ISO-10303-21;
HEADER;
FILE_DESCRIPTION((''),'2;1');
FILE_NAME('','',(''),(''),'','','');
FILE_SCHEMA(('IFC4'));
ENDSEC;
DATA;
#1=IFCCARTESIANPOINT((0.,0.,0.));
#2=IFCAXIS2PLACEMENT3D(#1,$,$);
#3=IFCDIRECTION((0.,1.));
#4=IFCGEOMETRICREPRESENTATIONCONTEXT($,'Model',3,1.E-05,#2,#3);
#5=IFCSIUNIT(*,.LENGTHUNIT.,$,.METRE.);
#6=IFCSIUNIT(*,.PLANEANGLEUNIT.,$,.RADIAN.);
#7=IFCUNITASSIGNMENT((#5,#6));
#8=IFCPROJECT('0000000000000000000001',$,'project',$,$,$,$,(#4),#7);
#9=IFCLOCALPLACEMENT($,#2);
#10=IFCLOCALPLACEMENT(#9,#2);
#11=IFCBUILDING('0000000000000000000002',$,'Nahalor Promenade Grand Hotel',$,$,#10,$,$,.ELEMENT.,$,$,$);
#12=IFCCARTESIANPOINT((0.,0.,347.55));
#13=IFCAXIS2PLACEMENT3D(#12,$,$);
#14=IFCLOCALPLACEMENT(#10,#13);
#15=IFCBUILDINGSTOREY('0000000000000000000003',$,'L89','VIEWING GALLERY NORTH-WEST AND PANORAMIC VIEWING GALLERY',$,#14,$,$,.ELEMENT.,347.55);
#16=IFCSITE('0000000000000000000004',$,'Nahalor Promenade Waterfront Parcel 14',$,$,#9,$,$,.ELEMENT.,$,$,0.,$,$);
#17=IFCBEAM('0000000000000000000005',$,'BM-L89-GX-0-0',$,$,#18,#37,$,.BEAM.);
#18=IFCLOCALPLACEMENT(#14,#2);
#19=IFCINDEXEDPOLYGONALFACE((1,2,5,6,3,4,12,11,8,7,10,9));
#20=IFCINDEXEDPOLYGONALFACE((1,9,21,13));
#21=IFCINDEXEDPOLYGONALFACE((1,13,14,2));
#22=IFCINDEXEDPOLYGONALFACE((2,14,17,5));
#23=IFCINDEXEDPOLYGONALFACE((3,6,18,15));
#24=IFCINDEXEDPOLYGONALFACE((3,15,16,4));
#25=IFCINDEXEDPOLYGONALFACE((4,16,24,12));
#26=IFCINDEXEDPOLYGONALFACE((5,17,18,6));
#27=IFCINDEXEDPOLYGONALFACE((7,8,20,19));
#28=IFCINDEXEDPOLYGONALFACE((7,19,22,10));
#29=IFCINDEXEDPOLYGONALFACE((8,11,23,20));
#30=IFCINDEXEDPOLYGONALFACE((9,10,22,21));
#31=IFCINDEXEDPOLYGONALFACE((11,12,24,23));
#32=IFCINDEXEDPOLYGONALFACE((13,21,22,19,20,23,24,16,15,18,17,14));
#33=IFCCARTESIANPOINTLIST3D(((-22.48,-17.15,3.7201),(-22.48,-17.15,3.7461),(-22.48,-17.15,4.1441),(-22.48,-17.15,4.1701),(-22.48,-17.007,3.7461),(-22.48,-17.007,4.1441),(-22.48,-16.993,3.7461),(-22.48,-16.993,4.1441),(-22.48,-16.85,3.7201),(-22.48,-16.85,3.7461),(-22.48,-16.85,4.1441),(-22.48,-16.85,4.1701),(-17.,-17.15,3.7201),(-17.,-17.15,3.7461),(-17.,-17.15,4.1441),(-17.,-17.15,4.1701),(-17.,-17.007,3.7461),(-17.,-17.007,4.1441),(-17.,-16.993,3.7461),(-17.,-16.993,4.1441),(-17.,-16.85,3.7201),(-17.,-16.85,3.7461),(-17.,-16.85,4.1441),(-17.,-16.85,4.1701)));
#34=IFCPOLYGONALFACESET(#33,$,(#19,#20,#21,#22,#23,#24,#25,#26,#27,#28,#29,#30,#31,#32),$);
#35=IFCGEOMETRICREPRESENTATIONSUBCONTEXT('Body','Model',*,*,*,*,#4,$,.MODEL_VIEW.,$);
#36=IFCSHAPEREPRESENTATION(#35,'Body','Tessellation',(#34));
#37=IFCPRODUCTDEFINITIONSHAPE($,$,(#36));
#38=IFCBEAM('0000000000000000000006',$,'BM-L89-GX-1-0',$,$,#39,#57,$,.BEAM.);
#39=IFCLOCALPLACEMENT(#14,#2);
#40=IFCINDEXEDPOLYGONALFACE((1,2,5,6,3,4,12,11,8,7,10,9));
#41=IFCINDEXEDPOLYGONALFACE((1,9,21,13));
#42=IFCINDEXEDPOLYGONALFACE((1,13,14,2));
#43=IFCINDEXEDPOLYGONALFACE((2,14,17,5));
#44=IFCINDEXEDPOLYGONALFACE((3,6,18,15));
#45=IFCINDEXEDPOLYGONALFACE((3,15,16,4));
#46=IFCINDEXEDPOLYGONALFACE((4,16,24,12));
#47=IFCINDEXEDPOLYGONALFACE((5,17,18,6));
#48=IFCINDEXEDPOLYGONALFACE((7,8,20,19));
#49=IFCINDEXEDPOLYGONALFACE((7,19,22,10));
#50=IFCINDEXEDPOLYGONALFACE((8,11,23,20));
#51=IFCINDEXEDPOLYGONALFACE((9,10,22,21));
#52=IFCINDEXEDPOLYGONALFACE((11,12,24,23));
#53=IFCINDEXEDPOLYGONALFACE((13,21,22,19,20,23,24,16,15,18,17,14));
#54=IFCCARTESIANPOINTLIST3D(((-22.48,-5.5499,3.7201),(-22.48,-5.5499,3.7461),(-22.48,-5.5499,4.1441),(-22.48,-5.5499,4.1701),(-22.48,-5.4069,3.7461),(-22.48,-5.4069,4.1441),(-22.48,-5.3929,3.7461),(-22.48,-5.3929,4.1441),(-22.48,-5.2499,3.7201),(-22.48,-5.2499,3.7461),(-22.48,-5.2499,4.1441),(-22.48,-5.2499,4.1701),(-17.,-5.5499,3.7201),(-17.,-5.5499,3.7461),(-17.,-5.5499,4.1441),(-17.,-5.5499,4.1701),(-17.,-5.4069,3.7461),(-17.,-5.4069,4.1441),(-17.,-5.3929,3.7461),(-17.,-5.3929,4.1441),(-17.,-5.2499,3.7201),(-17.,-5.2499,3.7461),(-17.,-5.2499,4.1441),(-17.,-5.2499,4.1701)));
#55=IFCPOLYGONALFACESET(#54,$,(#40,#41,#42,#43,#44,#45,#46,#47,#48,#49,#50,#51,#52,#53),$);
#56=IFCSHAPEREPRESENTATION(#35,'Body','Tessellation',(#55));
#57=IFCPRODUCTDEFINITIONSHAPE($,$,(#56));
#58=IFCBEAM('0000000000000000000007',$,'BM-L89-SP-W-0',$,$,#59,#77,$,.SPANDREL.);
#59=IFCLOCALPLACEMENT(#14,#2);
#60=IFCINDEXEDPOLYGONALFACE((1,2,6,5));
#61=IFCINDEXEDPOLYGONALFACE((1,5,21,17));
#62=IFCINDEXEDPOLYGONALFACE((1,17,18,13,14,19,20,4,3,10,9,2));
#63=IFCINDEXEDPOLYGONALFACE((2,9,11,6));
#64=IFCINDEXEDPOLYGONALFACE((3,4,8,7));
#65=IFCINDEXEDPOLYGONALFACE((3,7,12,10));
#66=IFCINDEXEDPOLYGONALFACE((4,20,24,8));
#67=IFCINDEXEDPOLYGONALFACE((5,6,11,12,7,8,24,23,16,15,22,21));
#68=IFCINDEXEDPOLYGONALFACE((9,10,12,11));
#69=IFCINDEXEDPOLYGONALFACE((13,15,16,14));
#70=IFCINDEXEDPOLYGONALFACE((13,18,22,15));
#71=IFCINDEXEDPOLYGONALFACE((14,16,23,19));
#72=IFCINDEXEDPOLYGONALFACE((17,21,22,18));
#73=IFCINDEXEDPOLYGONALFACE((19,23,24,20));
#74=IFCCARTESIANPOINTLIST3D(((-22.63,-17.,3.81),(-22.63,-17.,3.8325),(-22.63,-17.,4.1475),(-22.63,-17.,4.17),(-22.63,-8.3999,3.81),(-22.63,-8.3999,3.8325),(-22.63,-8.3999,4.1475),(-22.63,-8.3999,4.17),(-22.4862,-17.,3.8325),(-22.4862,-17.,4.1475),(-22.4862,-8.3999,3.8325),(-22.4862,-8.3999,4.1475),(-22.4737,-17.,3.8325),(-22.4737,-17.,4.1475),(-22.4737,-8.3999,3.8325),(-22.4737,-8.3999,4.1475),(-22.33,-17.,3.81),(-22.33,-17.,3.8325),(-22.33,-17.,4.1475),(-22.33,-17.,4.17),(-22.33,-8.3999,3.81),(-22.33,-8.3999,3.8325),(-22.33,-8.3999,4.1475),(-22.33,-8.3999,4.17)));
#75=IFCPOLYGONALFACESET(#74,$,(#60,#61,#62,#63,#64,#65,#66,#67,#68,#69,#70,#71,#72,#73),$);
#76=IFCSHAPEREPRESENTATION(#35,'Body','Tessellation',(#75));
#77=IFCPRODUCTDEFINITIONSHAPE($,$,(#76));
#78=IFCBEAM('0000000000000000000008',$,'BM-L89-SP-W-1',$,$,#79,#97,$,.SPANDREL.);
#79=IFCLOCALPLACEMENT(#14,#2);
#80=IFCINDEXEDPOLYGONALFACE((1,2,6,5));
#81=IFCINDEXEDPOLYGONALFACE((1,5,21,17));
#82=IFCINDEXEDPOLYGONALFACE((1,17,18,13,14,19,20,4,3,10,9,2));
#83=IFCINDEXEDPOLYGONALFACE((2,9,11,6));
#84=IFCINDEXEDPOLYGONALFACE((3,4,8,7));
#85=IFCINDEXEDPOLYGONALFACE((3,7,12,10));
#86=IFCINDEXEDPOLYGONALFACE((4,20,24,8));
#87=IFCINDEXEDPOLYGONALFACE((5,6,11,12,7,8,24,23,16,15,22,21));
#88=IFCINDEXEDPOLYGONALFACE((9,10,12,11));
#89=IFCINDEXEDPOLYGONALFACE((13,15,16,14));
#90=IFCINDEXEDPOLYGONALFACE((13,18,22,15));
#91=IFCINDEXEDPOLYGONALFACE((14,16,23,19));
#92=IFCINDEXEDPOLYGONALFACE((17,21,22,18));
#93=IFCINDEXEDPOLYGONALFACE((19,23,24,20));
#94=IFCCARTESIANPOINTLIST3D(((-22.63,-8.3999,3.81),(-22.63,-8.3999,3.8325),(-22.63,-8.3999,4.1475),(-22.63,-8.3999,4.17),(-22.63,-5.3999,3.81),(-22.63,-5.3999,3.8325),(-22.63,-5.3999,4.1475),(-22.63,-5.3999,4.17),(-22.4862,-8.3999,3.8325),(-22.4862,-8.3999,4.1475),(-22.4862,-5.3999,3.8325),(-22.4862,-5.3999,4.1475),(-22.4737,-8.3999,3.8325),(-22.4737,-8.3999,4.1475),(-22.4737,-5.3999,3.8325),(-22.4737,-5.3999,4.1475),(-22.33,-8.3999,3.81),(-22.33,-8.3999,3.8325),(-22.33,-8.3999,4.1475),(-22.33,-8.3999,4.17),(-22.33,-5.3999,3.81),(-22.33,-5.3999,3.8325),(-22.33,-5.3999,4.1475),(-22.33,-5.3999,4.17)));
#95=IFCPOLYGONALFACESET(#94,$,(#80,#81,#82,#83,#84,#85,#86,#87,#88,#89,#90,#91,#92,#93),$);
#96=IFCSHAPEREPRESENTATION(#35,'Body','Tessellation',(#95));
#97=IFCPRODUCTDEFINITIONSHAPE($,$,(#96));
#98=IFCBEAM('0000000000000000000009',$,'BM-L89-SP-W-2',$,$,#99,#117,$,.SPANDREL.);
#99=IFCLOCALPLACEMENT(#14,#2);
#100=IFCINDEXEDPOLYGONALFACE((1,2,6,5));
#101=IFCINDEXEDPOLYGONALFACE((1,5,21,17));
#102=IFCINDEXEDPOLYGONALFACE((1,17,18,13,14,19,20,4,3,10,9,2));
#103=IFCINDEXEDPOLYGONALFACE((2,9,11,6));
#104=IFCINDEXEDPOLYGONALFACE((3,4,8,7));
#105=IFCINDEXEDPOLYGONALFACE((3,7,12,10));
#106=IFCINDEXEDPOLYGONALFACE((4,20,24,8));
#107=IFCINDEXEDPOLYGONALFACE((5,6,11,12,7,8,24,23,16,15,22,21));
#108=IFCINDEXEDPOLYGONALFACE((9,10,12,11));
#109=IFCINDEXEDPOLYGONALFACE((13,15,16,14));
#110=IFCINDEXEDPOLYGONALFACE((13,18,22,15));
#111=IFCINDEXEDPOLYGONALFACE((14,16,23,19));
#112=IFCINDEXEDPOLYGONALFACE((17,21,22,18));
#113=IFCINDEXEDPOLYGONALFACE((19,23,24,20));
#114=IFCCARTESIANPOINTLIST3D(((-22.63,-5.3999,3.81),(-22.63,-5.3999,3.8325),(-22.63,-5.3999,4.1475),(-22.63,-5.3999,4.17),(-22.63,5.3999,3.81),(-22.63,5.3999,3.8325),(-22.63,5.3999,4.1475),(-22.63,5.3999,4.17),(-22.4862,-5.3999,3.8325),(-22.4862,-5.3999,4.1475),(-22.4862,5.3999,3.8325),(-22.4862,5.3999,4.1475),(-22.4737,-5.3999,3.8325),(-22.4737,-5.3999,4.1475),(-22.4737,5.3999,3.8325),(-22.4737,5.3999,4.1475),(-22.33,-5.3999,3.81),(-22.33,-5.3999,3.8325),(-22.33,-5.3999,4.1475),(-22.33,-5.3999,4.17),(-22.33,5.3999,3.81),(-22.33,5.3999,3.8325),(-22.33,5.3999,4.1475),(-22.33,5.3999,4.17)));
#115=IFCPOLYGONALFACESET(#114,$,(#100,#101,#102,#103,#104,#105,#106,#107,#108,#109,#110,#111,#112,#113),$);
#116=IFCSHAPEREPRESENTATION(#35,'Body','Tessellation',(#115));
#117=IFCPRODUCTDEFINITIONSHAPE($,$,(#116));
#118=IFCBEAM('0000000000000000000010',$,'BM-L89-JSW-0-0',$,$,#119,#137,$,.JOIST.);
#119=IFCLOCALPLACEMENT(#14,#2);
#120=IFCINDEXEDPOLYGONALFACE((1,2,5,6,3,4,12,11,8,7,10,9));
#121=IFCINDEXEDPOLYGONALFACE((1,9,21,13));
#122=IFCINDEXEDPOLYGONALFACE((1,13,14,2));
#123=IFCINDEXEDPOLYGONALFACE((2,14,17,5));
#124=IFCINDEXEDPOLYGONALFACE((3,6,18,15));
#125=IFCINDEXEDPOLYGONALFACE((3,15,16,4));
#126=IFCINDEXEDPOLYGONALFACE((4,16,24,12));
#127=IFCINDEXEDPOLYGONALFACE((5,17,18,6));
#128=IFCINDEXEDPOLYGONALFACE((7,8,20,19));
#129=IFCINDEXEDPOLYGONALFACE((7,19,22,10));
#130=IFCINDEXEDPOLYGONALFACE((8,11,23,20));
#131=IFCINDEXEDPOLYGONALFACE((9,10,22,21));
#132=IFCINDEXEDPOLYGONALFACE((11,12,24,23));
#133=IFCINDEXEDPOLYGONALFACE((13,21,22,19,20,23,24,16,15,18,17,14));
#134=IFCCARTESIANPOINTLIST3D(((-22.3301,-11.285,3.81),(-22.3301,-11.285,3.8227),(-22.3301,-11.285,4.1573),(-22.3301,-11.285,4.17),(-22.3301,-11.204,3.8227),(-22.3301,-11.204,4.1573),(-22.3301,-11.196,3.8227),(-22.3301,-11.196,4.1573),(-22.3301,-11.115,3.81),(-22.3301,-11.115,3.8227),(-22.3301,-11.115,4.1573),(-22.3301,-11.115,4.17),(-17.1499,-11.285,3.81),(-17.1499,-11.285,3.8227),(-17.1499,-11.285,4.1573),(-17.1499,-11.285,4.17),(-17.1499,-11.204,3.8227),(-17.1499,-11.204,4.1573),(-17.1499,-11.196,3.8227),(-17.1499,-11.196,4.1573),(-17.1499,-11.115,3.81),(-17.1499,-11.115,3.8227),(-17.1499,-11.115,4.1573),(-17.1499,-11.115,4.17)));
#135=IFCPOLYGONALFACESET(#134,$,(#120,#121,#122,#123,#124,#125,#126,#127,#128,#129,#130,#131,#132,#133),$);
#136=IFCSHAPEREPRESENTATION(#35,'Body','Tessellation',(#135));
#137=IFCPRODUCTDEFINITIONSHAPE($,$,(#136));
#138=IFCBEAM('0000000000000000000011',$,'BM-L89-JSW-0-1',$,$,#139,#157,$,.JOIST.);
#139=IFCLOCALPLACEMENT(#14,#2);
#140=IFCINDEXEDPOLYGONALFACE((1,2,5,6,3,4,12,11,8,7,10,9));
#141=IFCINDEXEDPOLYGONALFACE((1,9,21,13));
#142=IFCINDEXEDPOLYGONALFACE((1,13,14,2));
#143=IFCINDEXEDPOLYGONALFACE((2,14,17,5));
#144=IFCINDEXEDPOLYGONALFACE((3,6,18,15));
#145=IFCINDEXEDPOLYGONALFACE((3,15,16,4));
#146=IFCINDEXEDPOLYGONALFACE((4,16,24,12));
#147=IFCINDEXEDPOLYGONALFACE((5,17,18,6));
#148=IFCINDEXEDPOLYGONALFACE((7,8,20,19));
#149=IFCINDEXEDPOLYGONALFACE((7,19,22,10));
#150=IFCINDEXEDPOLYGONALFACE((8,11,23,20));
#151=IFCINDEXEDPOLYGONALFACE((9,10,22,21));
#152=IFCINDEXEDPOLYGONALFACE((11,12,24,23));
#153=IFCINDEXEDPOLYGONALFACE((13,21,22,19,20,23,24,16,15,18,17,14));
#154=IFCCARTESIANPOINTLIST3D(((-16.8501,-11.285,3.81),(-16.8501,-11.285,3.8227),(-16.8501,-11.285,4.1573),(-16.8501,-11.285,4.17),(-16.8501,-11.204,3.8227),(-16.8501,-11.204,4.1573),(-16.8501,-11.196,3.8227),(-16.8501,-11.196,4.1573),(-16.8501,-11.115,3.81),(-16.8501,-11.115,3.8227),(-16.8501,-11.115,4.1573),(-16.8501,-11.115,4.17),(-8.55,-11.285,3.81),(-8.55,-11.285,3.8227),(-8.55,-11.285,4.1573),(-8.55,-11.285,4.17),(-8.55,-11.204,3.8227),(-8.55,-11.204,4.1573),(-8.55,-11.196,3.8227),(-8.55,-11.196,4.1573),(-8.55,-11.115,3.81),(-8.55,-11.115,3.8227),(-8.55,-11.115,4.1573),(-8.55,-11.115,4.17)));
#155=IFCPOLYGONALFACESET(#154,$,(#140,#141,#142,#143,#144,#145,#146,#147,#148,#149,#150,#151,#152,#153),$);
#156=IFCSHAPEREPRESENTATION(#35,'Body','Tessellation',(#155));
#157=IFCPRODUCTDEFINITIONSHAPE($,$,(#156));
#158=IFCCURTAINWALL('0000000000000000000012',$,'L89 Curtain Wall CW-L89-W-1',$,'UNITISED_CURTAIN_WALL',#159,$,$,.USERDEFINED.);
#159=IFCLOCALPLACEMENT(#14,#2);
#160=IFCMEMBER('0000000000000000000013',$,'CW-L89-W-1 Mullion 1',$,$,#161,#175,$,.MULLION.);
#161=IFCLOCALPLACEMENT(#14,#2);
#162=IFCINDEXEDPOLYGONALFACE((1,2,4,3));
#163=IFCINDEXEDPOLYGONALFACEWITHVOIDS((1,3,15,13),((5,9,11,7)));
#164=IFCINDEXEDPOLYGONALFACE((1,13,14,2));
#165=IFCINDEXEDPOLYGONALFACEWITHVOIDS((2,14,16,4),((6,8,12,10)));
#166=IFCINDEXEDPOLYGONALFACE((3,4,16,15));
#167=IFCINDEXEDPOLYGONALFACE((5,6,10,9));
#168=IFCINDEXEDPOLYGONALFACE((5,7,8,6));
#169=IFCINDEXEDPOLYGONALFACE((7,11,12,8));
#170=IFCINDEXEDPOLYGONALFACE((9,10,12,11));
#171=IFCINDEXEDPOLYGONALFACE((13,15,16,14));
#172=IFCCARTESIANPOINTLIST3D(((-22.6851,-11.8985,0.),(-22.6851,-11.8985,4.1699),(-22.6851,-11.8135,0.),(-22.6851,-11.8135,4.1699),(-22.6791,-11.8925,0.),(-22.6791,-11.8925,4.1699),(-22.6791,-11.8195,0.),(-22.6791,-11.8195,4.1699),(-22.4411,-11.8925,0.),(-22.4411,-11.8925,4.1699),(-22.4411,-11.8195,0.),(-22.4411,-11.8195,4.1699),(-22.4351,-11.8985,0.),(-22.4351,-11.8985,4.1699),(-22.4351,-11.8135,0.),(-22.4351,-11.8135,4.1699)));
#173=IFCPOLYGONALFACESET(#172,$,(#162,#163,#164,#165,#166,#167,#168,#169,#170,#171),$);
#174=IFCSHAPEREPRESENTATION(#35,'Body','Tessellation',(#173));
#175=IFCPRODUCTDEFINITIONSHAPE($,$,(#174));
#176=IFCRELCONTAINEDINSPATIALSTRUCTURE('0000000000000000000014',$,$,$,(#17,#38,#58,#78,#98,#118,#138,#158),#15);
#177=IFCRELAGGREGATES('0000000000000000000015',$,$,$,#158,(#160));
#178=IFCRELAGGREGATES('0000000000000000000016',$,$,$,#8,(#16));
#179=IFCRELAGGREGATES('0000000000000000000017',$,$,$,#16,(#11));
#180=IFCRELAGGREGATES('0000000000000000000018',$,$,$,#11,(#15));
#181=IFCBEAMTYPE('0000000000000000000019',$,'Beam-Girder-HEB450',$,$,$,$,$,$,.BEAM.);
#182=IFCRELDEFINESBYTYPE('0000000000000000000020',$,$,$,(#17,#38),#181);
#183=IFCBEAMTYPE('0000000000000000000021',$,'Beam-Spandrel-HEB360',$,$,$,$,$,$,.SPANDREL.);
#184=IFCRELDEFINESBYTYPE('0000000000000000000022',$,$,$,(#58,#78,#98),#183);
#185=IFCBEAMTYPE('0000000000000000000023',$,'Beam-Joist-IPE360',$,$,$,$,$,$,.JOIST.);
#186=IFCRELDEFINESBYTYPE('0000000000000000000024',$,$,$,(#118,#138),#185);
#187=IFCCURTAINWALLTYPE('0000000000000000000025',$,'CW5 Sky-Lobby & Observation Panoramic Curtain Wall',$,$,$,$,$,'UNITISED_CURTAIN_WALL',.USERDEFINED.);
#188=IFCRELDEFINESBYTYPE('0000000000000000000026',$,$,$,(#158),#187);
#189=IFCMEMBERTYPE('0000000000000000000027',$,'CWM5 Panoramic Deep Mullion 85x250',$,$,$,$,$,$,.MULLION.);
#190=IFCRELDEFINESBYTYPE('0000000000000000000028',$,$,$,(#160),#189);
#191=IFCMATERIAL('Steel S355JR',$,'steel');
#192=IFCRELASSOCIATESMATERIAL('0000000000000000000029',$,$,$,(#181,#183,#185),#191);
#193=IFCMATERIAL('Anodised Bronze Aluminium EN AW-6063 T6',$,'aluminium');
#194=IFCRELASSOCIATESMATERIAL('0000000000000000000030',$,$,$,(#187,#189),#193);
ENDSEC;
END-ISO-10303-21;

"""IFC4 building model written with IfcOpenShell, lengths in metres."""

from ifc_helpers import new_model, si_unit, direction, frame, origin, origin_2d, place, context, subcontext, project, spatial, hollow_rectangle, i_section, extrude, source, transform, mapped, material, material_profile, profile_set, type_object, element, aggregate, save


model = new_model("IFC4")

# Units and contexts
model_context = context("Model", 3, precision=1e-05, world=origin(), true_north=direction((0.0, 1.0)))
body_context = subcontext(model_context, "Body", "Model", "MODEL_VIEW")
ifc_project = project(units=[si_unit("LENGTHUNIT", "METRE"), si_unit("PLANEANGLEUNIT", "RADIAN")], contexts=[model_context])

# Site, building, storey
site_placement = place(None, origin())
site = spatial("IfcSite", under=ifc_project, at=site_placement, Name="Nahalor Promenade Waterfront Parcel 14", CompositionType="ELEMENT", RefElevation=0.0)
building_placement = place(site_placement, origin())
building = spatial("IfcBuilding", under=site, at=building_placement, Name="Nahalor Promenade Grand Hotel", CompositionType="ELEMENT")
storey_placement = place(building_placement, frame((0.0, 0.0, 347.55)))
storey = spatial("IfcBuildingStorey", under=building, at=storey_placement, Name="L89", Description="VIEWING GALLERY NORTH-WEST AND PANORAMIC VIEWING GALLERY", CompositionType="ELEMENT", Elevation=347.55)

# Shared definitions
ifc_material_1 = material(Name="Steel S355JR", Category="steel")

# Beams
ifc_material_profile_1 = material_profile(ifc_material_1, i_section(OverallWidth=0.3, OverallDepth=0.45, WebThickness=0.014, FlangeThickness=0.026, at=origin_2d()), Name="HEB 450")
ifc_profile_set_1 = profile_set([ifc_material_profile_1], Name="Steel S355JR")
beam_type_1 = type_object("IfcBeamType", Name="Beam-Girder-HEB450", PredefinedType="BEAM", material=ifc_profile_set_1)
shared_shape_1 = source(origin(), body_context, "Body", "SweptSolid", [
    extrude(i_section(OverallWidth=0.3, OverallDepth=0.45, WebThickness=0.014, FlangeThickness=0.026, at=origin_2d()), origin(), (0.0, 0.0, 1.0), 5.48),
])
for number, where, z_axis, x_axis, name in (
    (1, (-22.48, -17.0, 3.9451), (1.0, 0.0, 0.0), (0.0, 1.0, 0.0), "BM-L89-GX-0-0"),
    (2, (-22.48, -5.3999, 3.9451), (1.0, 0.0, 0.0), (0.0, 1.0, 0.0), "BM-L89-GX-1-0"),
):
    element("IfcBeam", number, at=place(storey_placement, frame(where, z_axis=z_axis, x_axis=x_axis)), inside=storey, type_object=beam_type_1, Name=name, PredefinedType="BEAM", context=body_context, shape_type="MappedRepresentation", body=[
        mapped(shared_shape_1, transform((0.0, 0.0, 0.0), scale=1.0)),
    ])
ifc_material_profile_2 = material_profile(ifc_material_1, i_section(OverallWidth=0.3, OverallDepth=0.36, WebThickness=0.0125, FlangeThickness=0.0225, at=origin_2d()), Name="HEB 360")
ifc_profile_set_2 = profile_set([ifc_material_profile_2], Name="Steel S355JR")
beam_type_2 = type_object("IfcBeamType", Name="Beam-Spandrel-HEB360", PredefinedType="SPANDREL", material=ifc_profile_set_2)
shared_shape_2 = source(origin(), body_context, "Body", "SweptSolid", [
    extrude(i_section(OverallWidth=0.3, OverallDepth=0.36, WebThickness=0.0125, FlangeThickness=0.0225, at=origin_2d()), origin(), (0.0, 0.0, 1.0), 8.6001),
])
beam_1_placement = place(storey_placement, frame((-22.48, -17.0, 3.99), z_axis=(0.0, 1.0, 0.0), x_axis=(-1.0, 0.0, 0.0)))
element("IfcBeam", 3, at=beam_1_placement, inside=storey, type_object=beam_type_2, Name="BM-L89-SP-W-0", PredefinedType="SPANDREL", context=body_context, shape_type="MappedRepresentation", body=[
    mapped(shared_shape_2, transform((0.0, 0.0, 0.0), scale=1.0)),
])
shared_shape_3 = source(origin(), body_context, "Body", "SweptSolid", [
    extrude(i_section(OverallWidth=0.3, OverallDepth=0.36, WebThickness=0.0125, FlangeThickness=0.0225, at=origin_2d()), origin(), (0.0, 0.0, 1.0), 3.0),
])
beam_2_placement = place(storey_placement, frame((-22.48, -8.3999, 3.99), z_axis=(0.0, 1.0, 0.0), x_axis=(-1.0, 0.0, 0.0)))
element("IfcBeam", 4, at=beam_2_placement, inside=storey, type_object=beam_type_2, Name="BM-L89-SP-W-1", PredefinedType="SPANDREL", context=body_context, shape_type="MappedRepresentation", body=[
    mapped(shared_shape_3, transform((0.0, 0.0, 0.0), scale=1.0)),
])
shared_shape_4 = source(origin(), body_context, "Body", "SweptSolid", [
    extrude(i_section(OverallWidth=0.3, OverallDepth=0.36, WebThickness=0.0125, FlangeThickness=0.0225, at=origin_2d()), origin(), (0.0, 0.0, 1.0), 10.7998),
])
beam_3_placement = place(storey_placement, frame((-22.48, -5.3999, 3.99), z_axis=(0.0, 1.0, 0.0), x_axis=(-1.0, 0.0, 0.0)))
element("IfcBeam", 5, at=beam_3_placement, inside=storey, type_object=beam_type_2, Name="BM-L89-SP-W-2", PredefinedType="SPANDREL", context=body_context, shape_type="MappedRepresentation", body=[
    mapped(shared_shape_4, transform((0.0, 0.0, 0.0), scale=1.0)),
])
ifc_material_profile_3 = material_profile(ifc_material_1, i_section(OverallWidth=0.17, OverallDepth=0.36, WebThickness=0.008, FlangeThickness=0.0127, at=origin_2d()), Name="IPE 360")
ifc_profile_set_3 = profile_set([ifc_material_profile_3], Name="Steel S355JR")
beam_type_3 = type_object("IfcBeamType", Name="Beam-Joist-IPE360", PredefinedType="JOIST", material=ifc_profile_set_3)
shared_shape_5 = source(origin(), body_context, "Body", "SweptSolid", [
    extrude(i_section(OverallWidth=0.17, OverallDepth=0.36, WebThickness=0.008, FlangeThickness=0.0127, at=origin_2d()), origin(), (0.0, 0.0, 1.0), 5.1802),
])
beam_4_placement = place(storey_placement, frame((-22.3301, -11.2, 3.99), z_axis=(1.0, 0.0, 0.0), x_axis=(0.0, 1.0, 0.0)))
element("IfcBeam", 6, at=beam_4_placement, inside=storey, type_object=beam_type_3, Name="BM-L89-JSW-0-0", PredefinedType="JOIST", context=body_context, shape_type="MappedRepresentation", body=[
    mapped(shared_shape_5, transform((0.0, 0.0, 0.0), scale=1.0)),
])
shared_shape_6 = source(origin(), body_context, "Body", "SweptSolid", [
    extrude(i_section(OverallWidth=0.17, OverallDepth=0.36, WebThickness=0.008, FlangeThickness=0.0127, at=origin_2d()), origin(), (0.0, 0.0, 1.0), 8.3),
])
beam_5_placement = place(storey_placement, frame((-16.8501, -11.2, 3.99), z_axis=(1.0, 0.0, 0.0), x_axis=(0.0, 1.0, 0.0)))
element("IfcBeam", 7, at=beam_5_placement, inside=storey, type_object=beam_type_3, Name="BM-L89-JSW-0-1", PredefinedType="JOIST", context=body_context, shape_type="MappedRepresentation", body=[
    mapped(shared_shape_6, transform((0.0, 0.0, 0.0), scale=1.0)),
])

# Curtain wall, member
ifc_material_2 = material(Name="Anodised Bronze Aluminium EN AW-6063 T6", Category="aluminium")
curtain_wall_type = type_object("IfcCurtainWallType", Name="CW5 Sky-Lobby & Observation Panoramic Curtain Wall", ElementType="UNITISED_CURTAIN_WALL", PredefinedType="USERDEFINED", material=ifc_material_2)
curtain_wall_placement = place(storey_placement, origin())
curtain_wall = element("IfcCurtainWall", 8, at=curtain_wall_placement, inside=storey, type_object=curtain_wall_type, Name="L89 Curtain Wall CW-L89-W-1", ObjectType="UNITISED_CURTAIN_WALL", PredefinedType="USERDEFINED")
ifc_material_profile_4 = material_profile(ifc_material_2, hollow_rectangle(XDim=0.085, YDim=0.25, WallThickness=0.006, at=origin_2d()), Name="CWM 85x250x6")
ifc_profile_set_4 = profile_set([ifc_material_profile_4], Name="Anodised Bronze Aluminium EN AW-6063 T6")
member_type_1 = type_object("IfcMemberType", Name="CWM5 Panoramic Deep Mullion 85x250", PredefinedType="MULLION", material=ifc_profile_set_4)
shared_shape_7 = source(origin(), body_context, "Body", "SweptSolid", [
    extrude(hollow_rectangle(XDim=0.085, YDim=0.25, WallThickness=0.006, at=origin_2d()), origin(), (0.0, 0.0, 1.0), 4.1699),
])
member_1_placement = place(storey_placement, frame((-22.5601, -11.856, 0.0), z_axis=(0.0, 0.0, 1.0), x_axis=(0.0, 1.0, 0.0)))
member_1 = element("IfcMember", 9, at=member_1_placement, type_object=member_type_1, Name="CW-L89-W-1 Mullion 1", PredefinedType="MULLION", context=body_context, shape_type="MappedRepresentation", body=[
    mapped(shared_shape_7, transform((0.0, 0.0, 0.0), scale=1.0)),
])
aggregate(curtain_wall, [member_1])

save(model, "model.ifc")
